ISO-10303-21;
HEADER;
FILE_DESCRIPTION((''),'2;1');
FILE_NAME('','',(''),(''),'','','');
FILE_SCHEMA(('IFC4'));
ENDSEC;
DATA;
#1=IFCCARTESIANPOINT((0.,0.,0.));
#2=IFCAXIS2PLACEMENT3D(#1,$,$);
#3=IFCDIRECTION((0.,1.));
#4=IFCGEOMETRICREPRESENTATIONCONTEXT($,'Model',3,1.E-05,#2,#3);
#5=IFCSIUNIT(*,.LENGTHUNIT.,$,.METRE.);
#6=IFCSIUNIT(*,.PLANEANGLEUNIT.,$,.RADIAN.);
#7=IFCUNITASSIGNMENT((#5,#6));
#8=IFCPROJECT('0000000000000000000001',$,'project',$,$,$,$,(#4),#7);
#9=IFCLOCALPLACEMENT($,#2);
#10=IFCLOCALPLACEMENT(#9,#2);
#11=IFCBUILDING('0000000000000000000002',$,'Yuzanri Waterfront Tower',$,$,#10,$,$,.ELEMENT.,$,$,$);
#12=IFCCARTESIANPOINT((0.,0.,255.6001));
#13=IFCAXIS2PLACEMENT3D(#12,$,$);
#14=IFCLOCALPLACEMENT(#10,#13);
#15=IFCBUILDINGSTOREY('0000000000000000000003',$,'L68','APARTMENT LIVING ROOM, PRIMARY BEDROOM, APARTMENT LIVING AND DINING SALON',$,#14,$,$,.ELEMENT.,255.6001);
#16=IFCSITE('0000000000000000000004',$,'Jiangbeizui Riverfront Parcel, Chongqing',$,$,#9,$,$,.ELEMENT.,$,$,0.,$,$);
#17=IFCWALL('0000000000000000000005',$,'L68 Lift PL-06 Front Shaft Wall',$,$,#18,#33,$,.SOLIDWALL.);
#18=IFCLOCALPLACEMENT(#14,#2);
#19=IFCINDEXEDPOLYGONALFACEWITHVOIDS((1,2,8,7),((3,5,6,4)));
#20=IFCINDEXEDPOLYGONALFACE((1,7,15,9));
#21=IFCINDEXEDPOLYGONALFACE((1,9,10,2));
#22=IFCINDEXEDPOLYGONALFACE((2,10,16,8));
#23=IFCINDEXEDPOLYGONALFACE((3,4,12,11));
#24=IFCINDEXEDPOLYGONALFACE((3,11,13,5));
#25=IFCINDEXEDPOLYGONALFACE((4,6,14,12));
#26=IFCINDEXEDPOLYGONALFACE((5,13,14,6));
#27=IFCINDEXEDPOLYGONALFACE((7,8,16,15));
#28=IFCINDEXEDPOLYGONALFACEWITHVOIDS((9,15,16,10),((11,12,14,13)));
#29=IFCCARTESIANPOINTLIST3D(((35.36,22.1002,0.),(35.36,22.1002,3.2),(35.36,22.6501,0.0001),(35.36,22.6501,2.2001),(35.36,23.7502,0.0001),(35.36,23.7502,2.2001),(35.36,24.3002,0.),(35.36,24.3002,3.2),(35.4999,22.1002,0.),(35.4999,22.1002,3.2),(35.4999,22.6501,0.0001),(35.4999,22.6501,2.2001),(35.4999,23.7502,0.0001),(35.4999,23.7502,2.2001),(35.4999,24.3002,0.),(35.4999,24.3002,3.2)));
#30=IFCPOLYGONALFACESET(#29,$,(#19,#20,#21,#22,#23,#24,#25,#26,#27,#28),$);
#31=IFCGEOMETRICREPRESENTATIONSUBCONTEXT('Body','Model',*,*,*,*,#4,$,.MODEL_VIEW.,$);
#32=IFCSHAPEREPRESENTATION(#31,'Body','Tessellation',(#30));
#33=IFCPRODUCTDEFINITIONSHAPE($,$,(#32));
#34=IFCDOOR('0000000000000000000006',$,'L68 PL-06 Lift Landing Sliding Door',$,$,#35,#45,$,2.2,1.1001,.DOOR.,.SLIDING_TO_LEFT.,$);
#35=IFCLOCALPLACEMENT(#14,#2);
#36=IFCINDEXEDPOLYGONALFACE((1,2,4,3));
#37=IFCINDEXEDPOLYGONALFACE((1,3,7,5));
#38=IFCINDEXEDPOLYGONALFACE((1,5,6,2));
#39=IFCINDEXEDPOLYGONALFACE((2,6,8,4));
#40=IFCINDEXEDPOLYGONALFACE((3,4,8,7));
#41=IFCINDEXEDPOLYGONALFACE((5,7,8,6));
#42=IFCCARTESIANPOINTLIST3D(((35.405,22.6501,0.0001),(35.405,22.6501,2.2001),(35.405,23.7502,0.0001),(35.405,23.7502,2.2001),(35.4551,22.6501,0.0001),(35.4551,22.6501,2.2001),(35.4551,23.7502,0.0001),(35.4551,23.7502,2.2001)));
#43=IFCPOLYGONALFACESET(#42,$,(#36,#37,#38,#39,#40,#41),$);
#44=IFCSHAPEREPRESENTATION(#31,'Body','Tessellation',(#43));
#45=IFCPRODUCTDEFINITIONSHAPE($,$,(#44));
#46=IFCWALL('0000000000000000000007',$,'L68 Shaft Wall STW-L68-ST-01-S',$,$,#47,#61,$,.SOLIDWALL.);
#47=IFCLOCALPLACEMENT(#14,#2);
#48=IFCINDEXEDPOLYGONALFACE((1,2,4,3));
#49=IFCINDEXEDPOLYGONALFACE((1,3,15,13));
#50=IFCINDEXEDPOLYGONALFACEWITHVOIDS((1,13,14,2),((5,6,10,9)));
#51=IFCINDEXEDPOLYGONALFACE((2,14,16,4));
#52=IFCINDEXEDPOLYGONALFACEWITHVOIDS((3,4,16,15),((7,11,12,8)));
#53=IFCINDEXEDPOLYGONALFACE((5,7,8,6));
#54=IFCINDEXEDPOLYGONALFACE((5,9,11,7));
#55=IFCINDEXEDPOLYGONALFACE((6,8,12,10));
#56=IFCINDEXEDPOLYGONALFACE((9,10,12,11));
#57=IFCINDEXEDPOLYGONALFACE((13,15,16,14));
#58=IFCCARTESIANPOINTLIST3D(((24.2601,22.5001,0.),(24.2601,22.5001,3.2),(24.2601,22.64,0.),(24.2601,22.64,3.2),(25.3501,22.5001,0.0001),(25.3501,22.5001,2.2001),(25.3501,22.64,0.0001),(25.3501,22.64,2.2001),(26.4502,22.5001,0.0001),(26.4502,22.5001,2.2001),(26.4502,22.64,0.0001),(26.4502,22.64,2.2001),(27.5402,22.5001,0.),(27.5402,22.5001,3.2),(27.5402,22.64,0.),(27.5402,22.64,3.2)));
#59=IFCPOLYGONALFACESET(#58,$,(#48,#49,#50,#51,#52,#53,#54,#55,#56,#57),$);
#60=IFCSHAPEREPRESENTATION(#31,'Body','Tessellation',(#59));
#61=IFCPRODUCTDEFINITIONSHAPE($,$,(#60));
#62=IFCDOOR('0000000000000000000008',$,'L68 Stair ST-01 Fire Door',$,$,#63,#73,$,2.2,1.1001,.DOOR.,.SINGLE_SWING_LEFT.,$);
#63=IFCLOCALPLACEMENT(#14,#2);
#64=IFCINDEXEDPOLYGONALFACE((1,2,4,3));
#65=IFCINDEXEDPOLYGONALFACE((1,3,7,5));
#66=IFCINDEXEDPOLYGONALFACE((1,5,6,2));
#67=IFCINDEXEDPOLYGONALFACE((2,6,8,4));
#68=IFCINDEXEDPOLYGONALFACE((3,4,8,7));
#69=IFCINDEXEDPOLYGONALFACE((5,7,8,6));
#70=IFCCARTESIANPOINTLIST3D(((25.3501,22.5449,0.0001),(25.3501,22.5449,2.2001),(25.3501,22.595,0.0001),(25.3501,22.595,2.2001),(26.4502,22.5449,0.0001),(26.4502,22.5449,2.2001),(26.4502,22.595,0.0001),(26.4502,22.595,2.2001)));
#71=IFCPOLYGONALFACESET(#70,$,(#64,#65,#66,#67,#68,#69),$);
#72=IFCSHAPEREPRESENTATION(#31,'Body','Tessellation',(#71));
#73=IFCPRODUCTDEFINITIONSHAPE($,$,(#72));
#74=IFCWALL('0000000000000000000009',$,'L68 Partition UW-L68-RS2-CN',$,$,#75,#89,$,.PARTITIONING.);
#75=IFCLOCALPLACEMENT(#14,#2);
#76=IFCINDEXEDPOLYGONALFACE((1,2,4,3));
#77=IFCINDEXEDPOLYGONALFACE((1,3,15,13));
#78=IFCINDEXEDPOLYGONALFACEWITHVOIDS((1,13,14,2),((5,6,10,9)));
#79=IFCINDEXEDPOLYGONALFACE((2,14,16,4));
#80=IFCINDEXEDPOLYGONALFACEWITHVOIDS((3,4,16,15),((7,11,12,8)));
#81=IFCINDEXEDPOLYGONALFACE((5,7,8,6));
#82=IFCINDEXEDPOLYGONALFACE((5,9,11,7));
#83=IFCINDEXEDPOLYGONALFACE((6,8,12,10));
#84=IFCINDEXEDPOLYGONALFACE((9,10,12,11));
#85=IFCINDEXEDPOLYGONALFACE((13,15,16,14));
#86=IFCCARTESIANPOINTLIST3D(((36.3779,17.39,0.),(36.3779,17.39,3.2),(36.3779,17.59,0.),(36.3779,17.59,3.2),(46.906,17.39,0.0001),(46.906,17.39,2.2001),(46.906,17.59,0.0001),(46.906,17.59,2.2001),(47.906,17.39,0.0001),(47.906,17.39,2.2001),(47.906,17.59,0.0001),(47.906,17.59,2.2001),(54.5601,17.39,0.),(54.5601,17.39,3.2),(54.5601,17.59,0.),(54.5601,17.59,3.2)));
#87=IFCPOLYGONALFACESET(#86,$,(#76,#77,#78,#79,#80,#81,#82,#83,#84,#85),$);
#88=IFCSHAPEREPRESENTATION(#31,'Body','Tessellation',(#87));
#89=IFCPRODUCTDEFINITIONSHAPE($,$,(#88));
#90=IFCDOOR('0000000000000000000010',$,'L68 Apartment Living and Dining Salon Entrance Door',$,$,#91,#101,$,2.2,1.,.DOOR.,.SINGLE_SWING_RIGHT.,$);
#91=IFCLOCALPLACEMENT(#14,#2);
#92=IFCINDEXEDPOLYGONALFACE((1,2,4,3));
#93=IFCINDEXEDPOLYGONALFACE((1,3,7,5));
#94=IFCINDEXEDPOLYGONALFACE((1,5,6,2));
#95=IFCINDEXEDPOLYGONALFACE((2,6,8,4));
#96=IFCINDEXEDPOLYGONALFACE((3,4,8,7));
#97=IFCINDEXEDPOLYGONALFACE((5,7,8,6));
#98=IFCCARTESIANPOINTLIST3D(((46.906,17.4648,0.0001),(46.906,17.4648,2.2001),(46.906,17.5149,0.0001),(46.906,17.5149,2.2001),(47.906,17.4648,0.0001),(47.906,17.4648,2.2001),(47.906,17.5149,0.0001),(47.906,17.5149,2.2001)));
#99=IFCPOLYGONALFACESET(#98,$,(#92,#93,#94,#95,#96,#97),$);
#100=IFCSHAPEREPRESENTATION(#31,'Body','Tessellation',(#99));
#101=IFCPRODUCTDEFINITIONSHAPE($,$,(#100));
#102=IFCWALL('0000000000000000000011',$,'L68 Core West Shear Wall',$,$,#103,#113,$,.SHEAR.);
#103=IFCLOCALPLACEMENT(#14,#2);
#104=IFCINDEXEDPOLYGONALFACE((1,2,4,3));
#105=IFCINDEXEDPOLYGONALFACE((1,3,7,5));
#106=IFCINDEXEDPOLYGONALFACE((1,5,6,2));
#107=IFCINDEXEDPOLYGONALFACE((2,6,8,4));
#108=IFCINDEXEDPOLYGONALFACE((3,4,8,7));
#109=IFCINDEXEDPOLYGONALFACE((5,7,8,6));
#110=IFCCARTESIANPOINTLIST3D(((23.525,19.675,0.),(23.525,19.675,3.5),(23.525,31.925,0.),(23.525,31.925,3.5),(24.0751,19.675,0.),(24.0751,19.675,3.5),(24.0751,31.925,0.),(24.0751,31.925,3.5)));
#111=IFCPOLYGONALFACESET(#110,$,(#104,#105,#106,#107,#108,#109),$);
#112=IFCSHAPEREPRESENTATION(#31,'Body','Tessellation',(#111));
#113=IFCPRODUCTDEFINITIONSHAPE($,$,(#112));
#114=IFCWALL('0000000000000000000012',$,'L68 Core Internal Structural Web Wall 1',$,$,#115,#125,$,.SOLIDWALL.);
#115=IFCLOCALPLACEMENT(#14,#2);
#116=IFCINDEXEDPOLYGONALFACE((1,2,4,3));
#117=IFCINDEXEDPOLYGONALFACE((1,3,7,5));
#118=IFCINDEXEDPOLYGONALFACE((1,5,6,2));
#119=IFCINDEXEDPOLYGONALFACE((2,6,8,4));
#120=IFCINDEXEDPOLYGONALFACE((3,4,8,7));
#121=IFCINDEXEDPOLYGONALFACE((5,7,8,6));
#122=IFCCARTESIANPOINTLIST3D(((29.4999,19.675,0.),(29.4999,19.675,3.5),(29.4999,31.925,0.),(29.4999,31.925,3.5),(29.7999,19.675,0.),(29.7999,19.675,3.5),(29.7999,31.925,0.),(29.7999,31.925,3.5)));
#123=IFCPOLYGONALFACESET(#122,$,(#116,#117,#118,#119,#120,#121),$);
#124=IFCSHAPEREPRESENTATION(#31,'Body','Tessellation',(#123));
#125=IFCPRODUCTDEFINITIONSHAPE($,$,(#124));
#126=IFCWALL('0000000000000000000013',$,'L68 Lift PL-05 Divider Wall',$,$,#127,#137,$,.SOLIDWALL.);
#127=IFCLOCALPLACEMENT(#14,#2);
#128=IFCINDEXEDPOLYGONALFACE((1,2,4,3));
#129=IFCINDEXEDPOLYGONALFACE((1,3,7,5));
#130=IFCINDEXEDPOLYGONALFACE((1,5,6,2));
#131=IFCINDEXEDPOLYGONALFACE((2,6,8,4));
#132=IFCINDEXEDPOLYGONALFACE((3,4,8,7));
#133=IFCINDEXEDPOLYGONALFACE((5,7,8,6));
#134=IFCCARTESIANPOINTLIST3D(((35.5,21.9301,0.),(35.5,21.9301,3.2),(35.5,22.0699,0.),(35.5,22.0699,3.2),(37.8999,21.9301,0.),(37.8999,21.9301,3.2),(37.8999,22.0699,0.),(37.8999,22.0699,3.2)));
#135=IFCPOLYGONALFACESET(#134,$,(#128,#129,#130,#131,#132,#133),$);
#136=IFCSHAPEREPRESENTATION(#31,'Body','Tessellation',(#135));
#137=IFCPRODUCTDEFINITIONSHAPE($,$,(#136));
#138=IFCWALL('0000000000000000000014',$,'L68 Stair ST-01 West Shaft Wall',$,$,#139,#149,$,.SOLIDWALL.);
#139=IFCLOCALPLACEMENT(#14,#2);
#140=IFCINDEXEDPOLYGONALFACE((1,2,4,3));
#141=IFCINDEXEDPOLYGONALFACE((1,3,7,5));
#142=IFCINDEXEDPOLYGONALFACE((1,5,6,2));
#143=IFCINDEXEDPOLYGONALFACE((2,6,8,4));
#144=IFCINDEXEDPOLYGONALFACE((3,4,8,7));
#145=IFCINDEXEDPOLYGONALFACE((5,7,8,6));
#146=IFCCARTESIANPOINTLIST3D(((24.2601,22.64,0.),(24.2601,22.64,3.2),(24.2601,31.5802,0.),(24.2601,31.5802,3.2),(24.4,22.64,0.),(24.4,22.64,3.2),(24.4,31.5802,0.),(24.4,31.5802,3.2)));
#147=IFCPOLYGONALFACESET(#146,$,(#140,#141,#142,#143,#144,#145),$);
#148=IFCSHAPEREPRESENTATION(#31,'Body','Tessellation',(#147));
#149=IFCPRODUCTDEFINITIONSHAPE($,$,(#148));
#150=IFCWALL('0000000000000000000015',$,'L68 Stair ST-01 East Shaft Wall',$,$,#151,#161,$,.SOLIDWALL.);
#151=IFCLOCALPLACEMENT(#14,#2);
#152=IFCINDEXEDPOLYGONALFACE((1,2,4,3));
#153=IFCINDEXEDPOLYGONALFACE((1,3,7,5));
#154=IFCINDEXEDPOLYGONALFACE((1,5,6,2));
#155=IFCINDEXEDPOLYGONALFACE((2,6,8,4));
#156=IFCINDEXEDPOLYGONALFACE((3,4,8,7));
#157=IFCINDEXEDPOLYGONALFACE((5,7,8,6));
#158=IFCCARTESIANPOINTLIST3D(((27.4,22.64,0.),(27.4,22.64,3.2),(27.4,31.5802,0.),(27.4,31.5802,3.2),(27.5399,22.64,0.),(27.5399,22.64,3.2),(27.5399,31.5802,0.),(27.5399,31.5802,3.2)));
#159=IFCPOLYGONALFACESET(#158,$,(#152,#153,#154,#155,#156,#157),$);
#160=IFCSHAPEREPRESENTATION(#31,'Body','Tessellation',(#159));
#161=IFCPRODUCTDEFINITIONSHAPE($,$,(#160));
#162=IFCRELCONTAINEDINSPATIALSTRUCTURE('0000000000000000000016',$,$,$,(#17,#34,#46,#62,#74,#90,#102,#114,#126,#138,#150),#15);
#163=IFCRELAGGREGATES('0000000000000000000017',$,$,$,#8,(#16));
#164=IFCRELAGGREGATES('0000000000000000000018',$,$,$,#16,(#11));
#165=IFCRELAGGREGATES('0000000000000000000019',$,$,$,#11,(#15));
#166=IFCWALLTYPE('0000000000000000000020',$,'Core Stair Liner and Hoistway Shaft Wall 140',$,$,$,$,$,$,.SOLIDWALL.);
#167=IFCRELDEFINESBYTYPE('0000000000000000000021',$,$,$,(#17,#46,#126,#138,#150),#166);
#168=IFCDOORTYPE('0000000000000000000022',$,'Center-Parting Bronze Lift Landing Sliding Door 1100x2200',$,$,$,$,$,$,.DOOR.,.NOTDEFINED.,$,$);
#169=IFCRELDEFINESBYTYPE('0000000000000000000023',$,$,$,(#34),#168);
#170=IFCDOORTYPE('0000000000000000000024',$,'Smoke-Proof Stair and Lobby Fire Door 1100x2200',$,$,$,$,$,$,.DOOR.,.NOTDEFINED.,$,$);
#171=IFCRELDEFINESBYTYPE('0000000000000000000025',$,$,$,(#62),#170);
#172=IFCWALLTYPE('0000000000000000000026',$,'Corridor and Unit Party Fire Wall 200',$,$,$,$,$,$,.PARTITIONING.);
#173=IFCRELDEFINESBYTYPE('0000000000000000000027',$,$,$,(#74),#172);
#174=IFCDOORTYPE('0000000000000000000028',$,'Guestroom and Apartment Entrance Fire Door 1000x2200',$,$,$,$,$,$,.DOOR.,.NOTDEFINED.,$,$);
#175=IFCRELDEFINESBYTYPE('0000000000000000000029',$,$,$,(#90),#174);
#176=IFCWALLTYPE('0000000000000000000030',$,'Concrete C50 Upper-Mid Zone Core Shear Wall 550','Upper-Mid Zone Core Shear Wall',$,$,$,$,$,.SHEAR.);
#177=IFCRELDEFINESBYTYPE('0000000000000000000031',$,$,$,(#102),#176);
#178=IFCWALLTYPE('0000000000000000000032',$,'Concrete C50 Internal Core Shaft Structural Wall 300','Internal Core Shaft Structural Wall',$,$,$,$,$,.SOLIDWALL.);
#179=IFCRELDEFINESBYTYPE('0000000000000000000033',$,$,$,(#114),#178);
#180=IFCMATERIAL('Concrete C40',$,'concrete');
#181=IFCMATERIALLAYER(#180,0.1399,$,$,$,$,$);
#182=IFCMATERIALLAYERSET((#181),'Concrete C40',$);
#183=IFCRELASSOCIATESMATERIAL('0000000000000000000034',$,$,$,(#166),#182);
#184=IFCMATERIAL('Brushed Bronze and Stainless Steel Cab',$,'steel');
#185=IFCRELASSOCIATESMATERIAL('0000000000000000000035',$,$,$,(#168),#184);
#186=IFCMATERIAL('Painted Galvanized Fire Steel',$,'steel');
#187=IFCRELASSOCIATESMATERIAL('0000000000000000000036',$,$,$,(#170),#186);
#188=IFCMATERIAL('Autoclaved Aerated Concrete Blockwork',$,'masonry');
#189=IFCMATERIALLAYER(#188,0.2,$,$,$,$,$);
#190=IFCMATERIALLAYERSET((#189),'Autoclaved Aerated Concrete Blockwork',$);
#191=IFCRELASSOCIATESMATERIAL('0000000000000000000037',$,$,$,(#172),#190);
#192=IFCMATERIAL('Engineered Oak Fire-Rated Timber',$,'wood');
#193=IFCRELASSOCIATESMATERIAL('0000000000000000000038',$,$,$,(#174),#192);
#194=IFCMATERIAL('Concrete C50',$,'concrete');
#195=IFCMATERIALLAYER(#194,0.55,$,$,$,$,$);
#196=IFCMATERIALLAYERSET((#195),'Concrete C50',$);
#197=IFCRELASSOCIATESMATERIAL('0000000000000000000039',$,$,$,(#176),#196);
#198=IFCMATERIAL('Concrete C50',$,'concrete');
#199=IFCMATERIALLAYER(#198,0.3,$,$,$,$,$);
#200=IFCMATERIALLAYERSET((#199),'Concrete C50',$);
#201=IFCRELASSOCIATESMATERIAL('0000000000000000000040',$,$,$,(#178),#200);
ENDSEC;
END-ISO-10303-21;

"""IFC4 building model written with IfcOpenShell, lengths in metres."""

from ifc_helpers import new_model, si_unit, direction, frame, frame_2d, origin, place, context, subcontext, project, spatial, rectangle, extrude, source, transform, mapped, material, layer, layer_set, type_object, element, fill, save


model = new_model("IFC4")

# Units and contexts
model_context = context("Model", 3, precision=1e-05, world=origin(), true_north=direction((0.0, 1.0)))
body_context = subcontext(model_context, "Body", "Model", "MODEL_VIEW")
ifc_project = project(units=[si_unit("LENGTHUNIT", "METRE"), si_unit("PLANEANGLEUNIT", "RADIAN")], contexts=[model_context])

# Site, building, storey
site_placement = place(None, origin())
site = spatial("IfcSite", under=ifc_project, at=site_placement, Name="Jiangbeizui Riverfront Parcel, Chongqing", CompositionType="ELEMENT", RefElevation=0.0)
building_placement = place(site_placement, origin())
building = spatial("IfcBuilding", under=site, at=building_placement, Name="Yuzanri Waterfront Tower", CompositionType="ELEMENT")
storey_placement = place(building_placement, frame((0.0, 0.0, 255.6001)))
storey = spatial("IfcBuildingStorey", under=building, at=storey_placement, Name="L68", Description="APARTMENT LIVING ROOM, PRIMARY BEDROOM, APARTMENT LIVING AND DINING SALON", CompositionType="ELEMENT", Elevation=255.6001)

# Walls, openings, doors
ifc_material_1 = material(Name="Concrete C40", Category="concrete")
ifc_layer_1 = layer(ifc_material_1, 0.1399)
ifc_layer_set_1 = layer_set([ifc_layer_1], Name="Concrete C40")
wall_type_1 = type_object("IfcWallType", Name="Core Stair Liner and Hoistway Shaft Wall 140", PredefinedType="SOLIDWALL", material=ifc_layer_set_1)
ifc_material_2 = material(Name="Brushed Bronze and Stainless Steel Cab", Category="steel")
door_type_1 = type_object("IfcDoorType", Name="Center-Parting Bronze Lift Landing Sliding Door 1100x2200", OperationType="NOTDEFINED", PredefinedType="DOOR", material=ifc_material_2)
shared_shape_1 = source(origin(), body_context, "Body", "SweptSolid", [
    extrude(rectangle(XDim=1.1001, YDim=2.2, at=frame_2d((0.55, 1.1001))), frame((0.0, 0.0249, 0.0), z_axis=(0.0, -1.0, 0.0), x_axis=(1.0, 0.0, 0.0)), (0.0, 0.0, 1.0), 0.05),
])
wall_1_placement = place(storey_placement, frame((35.4299, 22.1001, 0.0), z_axis=(0.0, 0.0, 1.0), x_axis=(0.0, 1.0, 0.0)))
wall_1 = element("IfcWall", 1, at=wall_1_placement, inside=storey, type_object=wall_type_1, Name="L68 Lift PL-06 Front Shaft Wall", PredefinedType="SOLIDWALL", context=body_context, shape_type="SweptSolid", body=[
    extrude(rectangle(XDim=2.2, YDim=0.1399, at=frame_2d((1.1001, 0.0))), origin(), (0.0, 0.0, 1.0), 3.2),
])
opening_1_placement = place(wall_1_placement, frame((0.55, 0.0, 0.0)))
opening_1 = element("IfcOpeningElement", 2, at=opening_1_placement, cuts=wall_1, PredefinedType="OPENING", context=body_context, shape_type="SweptSolid", body=[
    extrude(rectangle(XDim=1.1001, YDim=2.2, at=frame_2d((0.55, 1.1001))), frame((0.0, 0.085, 0.0), z_axis=(0.0, -1.0, 0.0), x_axis=(1.0, 0.0, 0.0)), (0.0, 0.0, 1.0), 0.1697),
])
door_1_placement = place(opening_1_placement, origin())
door_1 = element("IfcDoor", 3, at=door_1_placement, inside=storey, type_object=door_type_1, Name="L68 PL-06 Lift Landing Sliding Door", OperationType="SLIDING_TO_LEFT", OverallHeight=2.2, OverallWidth=1.1001, PredefinedType="DOOR", context=body_context, shape_type="MappedRepresentation", body=[
    mapped(shared_shape_1, transform((0.0, 0.0, 0.0), scale=1.0)),
])
fill(opening_1, door_1)
wall_2_placement = place(storey_placement, frame((24.26, 22.5701, 0.0), z_axis=(0.0, 0.0, 1.0), x_axis=(1.0, 0.0, 0.0)))
wall_2 = element("IfcWall", 4, at=wall_2_placement, inside=storey, type_object=wall_type_1, Name="L68 Shaft Wall STW-L68-ST-01-S", PredefinedType="SOLIDWALL", context=body_context, shape_type="SweptSolid", body=[
    extrude(rectangle(XDim=3.28, YDim=0.1399, at=frame_2d((1.6401, 0.0))), origin(), (0.0, 0.0, 1.0), 3.2),
])
opening_2_placement = place(wall_2_placement, frame((1.0901, 0.0, 0.0)))
opening_2 = element("IfcOpeningElement", 5, at=opening_2_placement, cuts=wall_2, PredefinedType="OPENING", context=body_context, shape_type="SweptSolid", body=[
    extrude(rectangle(XDim=1.1001, YDim=2.2, at=frame_2d((0.55, 1.1001))), frame((0.0, 0.085, 0.0), z_axis=(0.0, -1.0, 0.0), x_axis=(1.0, 0.0, 0.0)), (0.0, 0.0, 1.0), 0.1697),
])
ifc_material_3 = material(Name="Painted Galvanized Fire Steel", Category="steel")
door_type_2 = type_object("IfcDoorType", Name="Smoke-Proof Stair and Lobby Fire Door 1100x2200", OperationType="NOTDEFINED", PredefinedType="DOOR", material=ifc_material_3)
shared_shape_2 = source(origin(), body_context, "Body", "SweptSolid", [
    extrude(rectangle(XDim=1.1001, YDim=2.2, at=frame_2d((0.55, 1.1001))), frame((0.0, 0.0249, 0.0), z_axis=(0.0, -1.0, 0.0), x_axis=(1.0, 0.0, 0.0)), (0.0, 0.0, 1.0), 0.05),
])
door_2_placement = place(opening_2_placement, origin())
door_2 = element("IfcDoor", 6, at=door_2_placement, inside=storey, type_object=door_type_2, Name="L68 Stair ST-01 Fire Door", OperationType="SINGLE_SWING_LEFT", OverallHeight=2.2, OverallWidth=1.1001, PredefinedType="DOOR", context=body_context, shape_type="MappedRepresentation", body=[
    mapped(shared_shape_2, transform((0.0, 0.0, 0.0), scale=1.0)),
])
fill(opening_2, door_2)
ifc_material_4 = material(Name="Autoclaved Aerated Concrete Blockwork", Category="masonry")
ifc_layer_2 = layer(ifc_material_4, 0.2)
ifc_layer_set_2 = layer_set([ifc_layer_2], Name="Autoclaved Aerated Concrete Blockwork")
wall_type_2 = type_object("IfcWallType", Name="Corridor and Unit Party Fire Wall 200", PredefinedType="PARTITIONING", material=ifc_layer_set_2)
wall_3_placement = place(storey_placement, frame((36.3779, 17.49, 0.0), z_axis=(0.0, 0.0, 1.0), x_axis=(1.0, 0.0, 0.0)))
wall_3 = element("IfcWall", 7, at=wall_3_placement, inside=storey, type_object=wall_type_2, Name="L68 Partition UW-L68-RS2-CN", PredefinedType="PARTITIONING", context=body_context, shape_type="SweptSolid", body=[
    extrude(rectangle(XDim=18.1821, YDim=0.2, at=frame_2d((9.0911, 0.0))), origin(), (0.0, 0.0, 1.0), 3.2),
])
opening_3_placement = place(wall_3_placement, frame((10.5281, 0.0, 0.0)))
opening_3 = element("IfcOpeningElement", 8, at=opening_3_placement, cuts=wall_3, PredefinedType="OPENING", context=body_context, shape_type="SweptSolid", body=[
    extrude(rectangle(XDim=1.0, YDim=2.2, at=frame_2d((0.5, 1.1001))), frame((0.0, 0.1147, 0.0), z_axis=(0.0, -1.0, 0.0), x_axis=(1.0, 0.0, 0.0)), (0.0, 0.0, 1.0), 0.2297),
])
ifc_material_5 = material(Name="Engineered Oak Fire-Rated Timber", Category="wood")
door_type_3 = type_object("IfcDoorType", Name="Guestroom and Apartment Entrance Fire Door 1000x2200", OperationType="NOTDEFINED", PredefinedType="DOOR", material=ifc_material_5)
shared_shape_3 = source(origin(), body_context, "Body", "SweptSolid", [
    extrude(rectangle(XDim=1.0, YDim=2.2, at=frame_2d((0.5, 1.1001))), frame((0.0, 0.0249, 0.0), z_axis=(0.0, -1.0, 0.0), x_axis=(1.0, 0.0, 0.0)), (0.0, 0.0, 1.0), 0.05),
])
door_3_placement = place(opening_3_placement, origin())
door_3 = element("IfcDoor", 9, at=door_3_placement, inside=storey, type_object=door_type_3, Name="L68 Apartment Living and Dining Salon Entrance Door", OperationType="SINGLE_SWING_RIGHT", OverallHeight=2.2, OverallWidth=1.0, PredefinedType="DOOR", context=body_context, shape_type="MappedRepresentation", body=[
    mapped(shared_shape_3, transform((0.0, 0.0, 0.0), scale=1.0)),
])
fill(opening_3, door_3)

# Walls
ifc_material_6 = material(Name="Concrete C50", Category="concrete")
ifc_layer_3 = layer(ifc_material_6, 0.55)
ifc_layer_set_3 = layer_set([ifc_layer_3], Name="Concrete C50")
wall_type_3 = type_object("IfcWallType", Name="Concrete C50 Upper-Mid Zone Core Shear Wall 550", Description="Upper-Mid Zone Core Shear Wall", PredefinedType="SHEAR", material=ifc_layer_set_3)
shared_shape_4 = source(origin(), body_context, "Body", "SweptSolid", [
    extrude(rectangle(XDim=12.25, YDim=0.55, at=frame_2d((6.125, 0.0))), origin(), (0.0, 0.0, 1.0), 3.5),
])
wall_4_placement = place(storey_placement, frame((23.8, 19.675, 0.0), z_axis=(0.0, 0.0, 1.0), x_axis=(0.0, 1.0, 0.0)))
element("IfcWall", 10, at=wall_4_placement, inside=storey, type_object=wall_type_3, Name="L68 Core West Shear Wall", PredefinedType="SHEAR", context=body_context, shape_type="MappedRepresentation", body=[
    mapped(shared_shape_4, transform((0.0, 0.0, 0.0), scale=1.0)),
])
ifc_material_7 = material(Name="Concrete C50", Category="concrete")
ifc_layer_4 = layer(ifc_material_7, 0.3)
ifc_layer_set_4 = layer_set([ifc_layer_4], Name="Concrete C50")
wall_type_4 = type_object("IfcWallType", Name="Concrete C50 Internal Core Shaft Structural Wall 300", Description="Internal Core Shaft Structural Wall", PredefinedType="SOLIDWALL", material=ifc_layer_set_4)
shared_shape_5 = source(origin(), body_context, "Body", "SweptSolid", [
    extrude(rectangle(XDim=12.25, YDim=0.3, at=frame_2d((6.125, 0.0))), origin(), (0.0, 0.0, 1.0), 3.5),
])
wall_5_placement = place(storey_placement, frame((29.6499, 19.675, 0.0), z_axis=(0.0, 0.0, 1.0), x_axis=(0.0, 1.0, 0.0)))
element("IfcWall", 11, at=wall_5_placement, inside=storey, type_object=wall_type_4, Name="L68 Core Internal Structural Web Wall 1", PredefinedType="SOLIDWALL", context=body_context, shape_type="MappedRepresentation", body=[
    mapped(shared_shape_5, transform((0.0, 0.0, 0.0), scale=1.0)),
])
shared_shape_6 = source(origin(), body_context, "Body", "SweptSolid", [
    extrude(rectangle(XDim=2.3999, YDim=0.1399, at=frame_2d((1.2, 0.0))), origin(), (0.0, 0.0, 1.0), 3.2),
])
wall_6_placement = place(storey_placement, frame((35.5, 22.0, 0.0), z_axis=(0.0, 0.0, 1.0), x_axis=(1.0, 0.0, 0.0)))
element("IfcWall", 12, at=wall_6_placement, inside=storey, type_object=wall_type_1, Name="L68 Lift PL-05 Divider Wall", PredefinedType="SOLIDWALL", context=body_context, shape_type="MappedRepresentation", body=[
    mapped(shared_shape_6, transform((0.0, 0.0, 0.0), scale=1.0)),
])
shared_shape_7 = source(origin(), body_context, "Body", "SweptSolid", [
    extrude(rectangle(XDim=8.9402, YDim=0.1399, at=frame_2d((4.4702, 0.0))), origin(), (0.0, 0.0, 1.0), 3.2),
])
for number, where, z_axis, x_axis, name in (
    (13, (24.3301, 22.6399, 0.0), (0.0, 0.0, 1.0), (0.0, 1.0, 0.0), "L68 Stair ST-01 West Shaft Wall"),
    (14, (27.47, 22.6399, 0.0), (0.0, 0.0, 1.0), (0.0, 1.0, 0.0), "L68 Stair ST-01 East Shaft Wall"),
):
    element("IfcWall", number, at=place(storey_placement, frame(where, z_axis=z_axis, x_axis=x_axis)), inside=storey, type_object=wall_type_1, Name=name, PredefinedType="SOLIDWALL", context=body_context, shape_type="MappedRepresentation", body=[
        mapped(shared_shape_7, transform((0.0, 0.0, 0.0), scale=1.0)),
    ])

save(model, "model.ifc")
